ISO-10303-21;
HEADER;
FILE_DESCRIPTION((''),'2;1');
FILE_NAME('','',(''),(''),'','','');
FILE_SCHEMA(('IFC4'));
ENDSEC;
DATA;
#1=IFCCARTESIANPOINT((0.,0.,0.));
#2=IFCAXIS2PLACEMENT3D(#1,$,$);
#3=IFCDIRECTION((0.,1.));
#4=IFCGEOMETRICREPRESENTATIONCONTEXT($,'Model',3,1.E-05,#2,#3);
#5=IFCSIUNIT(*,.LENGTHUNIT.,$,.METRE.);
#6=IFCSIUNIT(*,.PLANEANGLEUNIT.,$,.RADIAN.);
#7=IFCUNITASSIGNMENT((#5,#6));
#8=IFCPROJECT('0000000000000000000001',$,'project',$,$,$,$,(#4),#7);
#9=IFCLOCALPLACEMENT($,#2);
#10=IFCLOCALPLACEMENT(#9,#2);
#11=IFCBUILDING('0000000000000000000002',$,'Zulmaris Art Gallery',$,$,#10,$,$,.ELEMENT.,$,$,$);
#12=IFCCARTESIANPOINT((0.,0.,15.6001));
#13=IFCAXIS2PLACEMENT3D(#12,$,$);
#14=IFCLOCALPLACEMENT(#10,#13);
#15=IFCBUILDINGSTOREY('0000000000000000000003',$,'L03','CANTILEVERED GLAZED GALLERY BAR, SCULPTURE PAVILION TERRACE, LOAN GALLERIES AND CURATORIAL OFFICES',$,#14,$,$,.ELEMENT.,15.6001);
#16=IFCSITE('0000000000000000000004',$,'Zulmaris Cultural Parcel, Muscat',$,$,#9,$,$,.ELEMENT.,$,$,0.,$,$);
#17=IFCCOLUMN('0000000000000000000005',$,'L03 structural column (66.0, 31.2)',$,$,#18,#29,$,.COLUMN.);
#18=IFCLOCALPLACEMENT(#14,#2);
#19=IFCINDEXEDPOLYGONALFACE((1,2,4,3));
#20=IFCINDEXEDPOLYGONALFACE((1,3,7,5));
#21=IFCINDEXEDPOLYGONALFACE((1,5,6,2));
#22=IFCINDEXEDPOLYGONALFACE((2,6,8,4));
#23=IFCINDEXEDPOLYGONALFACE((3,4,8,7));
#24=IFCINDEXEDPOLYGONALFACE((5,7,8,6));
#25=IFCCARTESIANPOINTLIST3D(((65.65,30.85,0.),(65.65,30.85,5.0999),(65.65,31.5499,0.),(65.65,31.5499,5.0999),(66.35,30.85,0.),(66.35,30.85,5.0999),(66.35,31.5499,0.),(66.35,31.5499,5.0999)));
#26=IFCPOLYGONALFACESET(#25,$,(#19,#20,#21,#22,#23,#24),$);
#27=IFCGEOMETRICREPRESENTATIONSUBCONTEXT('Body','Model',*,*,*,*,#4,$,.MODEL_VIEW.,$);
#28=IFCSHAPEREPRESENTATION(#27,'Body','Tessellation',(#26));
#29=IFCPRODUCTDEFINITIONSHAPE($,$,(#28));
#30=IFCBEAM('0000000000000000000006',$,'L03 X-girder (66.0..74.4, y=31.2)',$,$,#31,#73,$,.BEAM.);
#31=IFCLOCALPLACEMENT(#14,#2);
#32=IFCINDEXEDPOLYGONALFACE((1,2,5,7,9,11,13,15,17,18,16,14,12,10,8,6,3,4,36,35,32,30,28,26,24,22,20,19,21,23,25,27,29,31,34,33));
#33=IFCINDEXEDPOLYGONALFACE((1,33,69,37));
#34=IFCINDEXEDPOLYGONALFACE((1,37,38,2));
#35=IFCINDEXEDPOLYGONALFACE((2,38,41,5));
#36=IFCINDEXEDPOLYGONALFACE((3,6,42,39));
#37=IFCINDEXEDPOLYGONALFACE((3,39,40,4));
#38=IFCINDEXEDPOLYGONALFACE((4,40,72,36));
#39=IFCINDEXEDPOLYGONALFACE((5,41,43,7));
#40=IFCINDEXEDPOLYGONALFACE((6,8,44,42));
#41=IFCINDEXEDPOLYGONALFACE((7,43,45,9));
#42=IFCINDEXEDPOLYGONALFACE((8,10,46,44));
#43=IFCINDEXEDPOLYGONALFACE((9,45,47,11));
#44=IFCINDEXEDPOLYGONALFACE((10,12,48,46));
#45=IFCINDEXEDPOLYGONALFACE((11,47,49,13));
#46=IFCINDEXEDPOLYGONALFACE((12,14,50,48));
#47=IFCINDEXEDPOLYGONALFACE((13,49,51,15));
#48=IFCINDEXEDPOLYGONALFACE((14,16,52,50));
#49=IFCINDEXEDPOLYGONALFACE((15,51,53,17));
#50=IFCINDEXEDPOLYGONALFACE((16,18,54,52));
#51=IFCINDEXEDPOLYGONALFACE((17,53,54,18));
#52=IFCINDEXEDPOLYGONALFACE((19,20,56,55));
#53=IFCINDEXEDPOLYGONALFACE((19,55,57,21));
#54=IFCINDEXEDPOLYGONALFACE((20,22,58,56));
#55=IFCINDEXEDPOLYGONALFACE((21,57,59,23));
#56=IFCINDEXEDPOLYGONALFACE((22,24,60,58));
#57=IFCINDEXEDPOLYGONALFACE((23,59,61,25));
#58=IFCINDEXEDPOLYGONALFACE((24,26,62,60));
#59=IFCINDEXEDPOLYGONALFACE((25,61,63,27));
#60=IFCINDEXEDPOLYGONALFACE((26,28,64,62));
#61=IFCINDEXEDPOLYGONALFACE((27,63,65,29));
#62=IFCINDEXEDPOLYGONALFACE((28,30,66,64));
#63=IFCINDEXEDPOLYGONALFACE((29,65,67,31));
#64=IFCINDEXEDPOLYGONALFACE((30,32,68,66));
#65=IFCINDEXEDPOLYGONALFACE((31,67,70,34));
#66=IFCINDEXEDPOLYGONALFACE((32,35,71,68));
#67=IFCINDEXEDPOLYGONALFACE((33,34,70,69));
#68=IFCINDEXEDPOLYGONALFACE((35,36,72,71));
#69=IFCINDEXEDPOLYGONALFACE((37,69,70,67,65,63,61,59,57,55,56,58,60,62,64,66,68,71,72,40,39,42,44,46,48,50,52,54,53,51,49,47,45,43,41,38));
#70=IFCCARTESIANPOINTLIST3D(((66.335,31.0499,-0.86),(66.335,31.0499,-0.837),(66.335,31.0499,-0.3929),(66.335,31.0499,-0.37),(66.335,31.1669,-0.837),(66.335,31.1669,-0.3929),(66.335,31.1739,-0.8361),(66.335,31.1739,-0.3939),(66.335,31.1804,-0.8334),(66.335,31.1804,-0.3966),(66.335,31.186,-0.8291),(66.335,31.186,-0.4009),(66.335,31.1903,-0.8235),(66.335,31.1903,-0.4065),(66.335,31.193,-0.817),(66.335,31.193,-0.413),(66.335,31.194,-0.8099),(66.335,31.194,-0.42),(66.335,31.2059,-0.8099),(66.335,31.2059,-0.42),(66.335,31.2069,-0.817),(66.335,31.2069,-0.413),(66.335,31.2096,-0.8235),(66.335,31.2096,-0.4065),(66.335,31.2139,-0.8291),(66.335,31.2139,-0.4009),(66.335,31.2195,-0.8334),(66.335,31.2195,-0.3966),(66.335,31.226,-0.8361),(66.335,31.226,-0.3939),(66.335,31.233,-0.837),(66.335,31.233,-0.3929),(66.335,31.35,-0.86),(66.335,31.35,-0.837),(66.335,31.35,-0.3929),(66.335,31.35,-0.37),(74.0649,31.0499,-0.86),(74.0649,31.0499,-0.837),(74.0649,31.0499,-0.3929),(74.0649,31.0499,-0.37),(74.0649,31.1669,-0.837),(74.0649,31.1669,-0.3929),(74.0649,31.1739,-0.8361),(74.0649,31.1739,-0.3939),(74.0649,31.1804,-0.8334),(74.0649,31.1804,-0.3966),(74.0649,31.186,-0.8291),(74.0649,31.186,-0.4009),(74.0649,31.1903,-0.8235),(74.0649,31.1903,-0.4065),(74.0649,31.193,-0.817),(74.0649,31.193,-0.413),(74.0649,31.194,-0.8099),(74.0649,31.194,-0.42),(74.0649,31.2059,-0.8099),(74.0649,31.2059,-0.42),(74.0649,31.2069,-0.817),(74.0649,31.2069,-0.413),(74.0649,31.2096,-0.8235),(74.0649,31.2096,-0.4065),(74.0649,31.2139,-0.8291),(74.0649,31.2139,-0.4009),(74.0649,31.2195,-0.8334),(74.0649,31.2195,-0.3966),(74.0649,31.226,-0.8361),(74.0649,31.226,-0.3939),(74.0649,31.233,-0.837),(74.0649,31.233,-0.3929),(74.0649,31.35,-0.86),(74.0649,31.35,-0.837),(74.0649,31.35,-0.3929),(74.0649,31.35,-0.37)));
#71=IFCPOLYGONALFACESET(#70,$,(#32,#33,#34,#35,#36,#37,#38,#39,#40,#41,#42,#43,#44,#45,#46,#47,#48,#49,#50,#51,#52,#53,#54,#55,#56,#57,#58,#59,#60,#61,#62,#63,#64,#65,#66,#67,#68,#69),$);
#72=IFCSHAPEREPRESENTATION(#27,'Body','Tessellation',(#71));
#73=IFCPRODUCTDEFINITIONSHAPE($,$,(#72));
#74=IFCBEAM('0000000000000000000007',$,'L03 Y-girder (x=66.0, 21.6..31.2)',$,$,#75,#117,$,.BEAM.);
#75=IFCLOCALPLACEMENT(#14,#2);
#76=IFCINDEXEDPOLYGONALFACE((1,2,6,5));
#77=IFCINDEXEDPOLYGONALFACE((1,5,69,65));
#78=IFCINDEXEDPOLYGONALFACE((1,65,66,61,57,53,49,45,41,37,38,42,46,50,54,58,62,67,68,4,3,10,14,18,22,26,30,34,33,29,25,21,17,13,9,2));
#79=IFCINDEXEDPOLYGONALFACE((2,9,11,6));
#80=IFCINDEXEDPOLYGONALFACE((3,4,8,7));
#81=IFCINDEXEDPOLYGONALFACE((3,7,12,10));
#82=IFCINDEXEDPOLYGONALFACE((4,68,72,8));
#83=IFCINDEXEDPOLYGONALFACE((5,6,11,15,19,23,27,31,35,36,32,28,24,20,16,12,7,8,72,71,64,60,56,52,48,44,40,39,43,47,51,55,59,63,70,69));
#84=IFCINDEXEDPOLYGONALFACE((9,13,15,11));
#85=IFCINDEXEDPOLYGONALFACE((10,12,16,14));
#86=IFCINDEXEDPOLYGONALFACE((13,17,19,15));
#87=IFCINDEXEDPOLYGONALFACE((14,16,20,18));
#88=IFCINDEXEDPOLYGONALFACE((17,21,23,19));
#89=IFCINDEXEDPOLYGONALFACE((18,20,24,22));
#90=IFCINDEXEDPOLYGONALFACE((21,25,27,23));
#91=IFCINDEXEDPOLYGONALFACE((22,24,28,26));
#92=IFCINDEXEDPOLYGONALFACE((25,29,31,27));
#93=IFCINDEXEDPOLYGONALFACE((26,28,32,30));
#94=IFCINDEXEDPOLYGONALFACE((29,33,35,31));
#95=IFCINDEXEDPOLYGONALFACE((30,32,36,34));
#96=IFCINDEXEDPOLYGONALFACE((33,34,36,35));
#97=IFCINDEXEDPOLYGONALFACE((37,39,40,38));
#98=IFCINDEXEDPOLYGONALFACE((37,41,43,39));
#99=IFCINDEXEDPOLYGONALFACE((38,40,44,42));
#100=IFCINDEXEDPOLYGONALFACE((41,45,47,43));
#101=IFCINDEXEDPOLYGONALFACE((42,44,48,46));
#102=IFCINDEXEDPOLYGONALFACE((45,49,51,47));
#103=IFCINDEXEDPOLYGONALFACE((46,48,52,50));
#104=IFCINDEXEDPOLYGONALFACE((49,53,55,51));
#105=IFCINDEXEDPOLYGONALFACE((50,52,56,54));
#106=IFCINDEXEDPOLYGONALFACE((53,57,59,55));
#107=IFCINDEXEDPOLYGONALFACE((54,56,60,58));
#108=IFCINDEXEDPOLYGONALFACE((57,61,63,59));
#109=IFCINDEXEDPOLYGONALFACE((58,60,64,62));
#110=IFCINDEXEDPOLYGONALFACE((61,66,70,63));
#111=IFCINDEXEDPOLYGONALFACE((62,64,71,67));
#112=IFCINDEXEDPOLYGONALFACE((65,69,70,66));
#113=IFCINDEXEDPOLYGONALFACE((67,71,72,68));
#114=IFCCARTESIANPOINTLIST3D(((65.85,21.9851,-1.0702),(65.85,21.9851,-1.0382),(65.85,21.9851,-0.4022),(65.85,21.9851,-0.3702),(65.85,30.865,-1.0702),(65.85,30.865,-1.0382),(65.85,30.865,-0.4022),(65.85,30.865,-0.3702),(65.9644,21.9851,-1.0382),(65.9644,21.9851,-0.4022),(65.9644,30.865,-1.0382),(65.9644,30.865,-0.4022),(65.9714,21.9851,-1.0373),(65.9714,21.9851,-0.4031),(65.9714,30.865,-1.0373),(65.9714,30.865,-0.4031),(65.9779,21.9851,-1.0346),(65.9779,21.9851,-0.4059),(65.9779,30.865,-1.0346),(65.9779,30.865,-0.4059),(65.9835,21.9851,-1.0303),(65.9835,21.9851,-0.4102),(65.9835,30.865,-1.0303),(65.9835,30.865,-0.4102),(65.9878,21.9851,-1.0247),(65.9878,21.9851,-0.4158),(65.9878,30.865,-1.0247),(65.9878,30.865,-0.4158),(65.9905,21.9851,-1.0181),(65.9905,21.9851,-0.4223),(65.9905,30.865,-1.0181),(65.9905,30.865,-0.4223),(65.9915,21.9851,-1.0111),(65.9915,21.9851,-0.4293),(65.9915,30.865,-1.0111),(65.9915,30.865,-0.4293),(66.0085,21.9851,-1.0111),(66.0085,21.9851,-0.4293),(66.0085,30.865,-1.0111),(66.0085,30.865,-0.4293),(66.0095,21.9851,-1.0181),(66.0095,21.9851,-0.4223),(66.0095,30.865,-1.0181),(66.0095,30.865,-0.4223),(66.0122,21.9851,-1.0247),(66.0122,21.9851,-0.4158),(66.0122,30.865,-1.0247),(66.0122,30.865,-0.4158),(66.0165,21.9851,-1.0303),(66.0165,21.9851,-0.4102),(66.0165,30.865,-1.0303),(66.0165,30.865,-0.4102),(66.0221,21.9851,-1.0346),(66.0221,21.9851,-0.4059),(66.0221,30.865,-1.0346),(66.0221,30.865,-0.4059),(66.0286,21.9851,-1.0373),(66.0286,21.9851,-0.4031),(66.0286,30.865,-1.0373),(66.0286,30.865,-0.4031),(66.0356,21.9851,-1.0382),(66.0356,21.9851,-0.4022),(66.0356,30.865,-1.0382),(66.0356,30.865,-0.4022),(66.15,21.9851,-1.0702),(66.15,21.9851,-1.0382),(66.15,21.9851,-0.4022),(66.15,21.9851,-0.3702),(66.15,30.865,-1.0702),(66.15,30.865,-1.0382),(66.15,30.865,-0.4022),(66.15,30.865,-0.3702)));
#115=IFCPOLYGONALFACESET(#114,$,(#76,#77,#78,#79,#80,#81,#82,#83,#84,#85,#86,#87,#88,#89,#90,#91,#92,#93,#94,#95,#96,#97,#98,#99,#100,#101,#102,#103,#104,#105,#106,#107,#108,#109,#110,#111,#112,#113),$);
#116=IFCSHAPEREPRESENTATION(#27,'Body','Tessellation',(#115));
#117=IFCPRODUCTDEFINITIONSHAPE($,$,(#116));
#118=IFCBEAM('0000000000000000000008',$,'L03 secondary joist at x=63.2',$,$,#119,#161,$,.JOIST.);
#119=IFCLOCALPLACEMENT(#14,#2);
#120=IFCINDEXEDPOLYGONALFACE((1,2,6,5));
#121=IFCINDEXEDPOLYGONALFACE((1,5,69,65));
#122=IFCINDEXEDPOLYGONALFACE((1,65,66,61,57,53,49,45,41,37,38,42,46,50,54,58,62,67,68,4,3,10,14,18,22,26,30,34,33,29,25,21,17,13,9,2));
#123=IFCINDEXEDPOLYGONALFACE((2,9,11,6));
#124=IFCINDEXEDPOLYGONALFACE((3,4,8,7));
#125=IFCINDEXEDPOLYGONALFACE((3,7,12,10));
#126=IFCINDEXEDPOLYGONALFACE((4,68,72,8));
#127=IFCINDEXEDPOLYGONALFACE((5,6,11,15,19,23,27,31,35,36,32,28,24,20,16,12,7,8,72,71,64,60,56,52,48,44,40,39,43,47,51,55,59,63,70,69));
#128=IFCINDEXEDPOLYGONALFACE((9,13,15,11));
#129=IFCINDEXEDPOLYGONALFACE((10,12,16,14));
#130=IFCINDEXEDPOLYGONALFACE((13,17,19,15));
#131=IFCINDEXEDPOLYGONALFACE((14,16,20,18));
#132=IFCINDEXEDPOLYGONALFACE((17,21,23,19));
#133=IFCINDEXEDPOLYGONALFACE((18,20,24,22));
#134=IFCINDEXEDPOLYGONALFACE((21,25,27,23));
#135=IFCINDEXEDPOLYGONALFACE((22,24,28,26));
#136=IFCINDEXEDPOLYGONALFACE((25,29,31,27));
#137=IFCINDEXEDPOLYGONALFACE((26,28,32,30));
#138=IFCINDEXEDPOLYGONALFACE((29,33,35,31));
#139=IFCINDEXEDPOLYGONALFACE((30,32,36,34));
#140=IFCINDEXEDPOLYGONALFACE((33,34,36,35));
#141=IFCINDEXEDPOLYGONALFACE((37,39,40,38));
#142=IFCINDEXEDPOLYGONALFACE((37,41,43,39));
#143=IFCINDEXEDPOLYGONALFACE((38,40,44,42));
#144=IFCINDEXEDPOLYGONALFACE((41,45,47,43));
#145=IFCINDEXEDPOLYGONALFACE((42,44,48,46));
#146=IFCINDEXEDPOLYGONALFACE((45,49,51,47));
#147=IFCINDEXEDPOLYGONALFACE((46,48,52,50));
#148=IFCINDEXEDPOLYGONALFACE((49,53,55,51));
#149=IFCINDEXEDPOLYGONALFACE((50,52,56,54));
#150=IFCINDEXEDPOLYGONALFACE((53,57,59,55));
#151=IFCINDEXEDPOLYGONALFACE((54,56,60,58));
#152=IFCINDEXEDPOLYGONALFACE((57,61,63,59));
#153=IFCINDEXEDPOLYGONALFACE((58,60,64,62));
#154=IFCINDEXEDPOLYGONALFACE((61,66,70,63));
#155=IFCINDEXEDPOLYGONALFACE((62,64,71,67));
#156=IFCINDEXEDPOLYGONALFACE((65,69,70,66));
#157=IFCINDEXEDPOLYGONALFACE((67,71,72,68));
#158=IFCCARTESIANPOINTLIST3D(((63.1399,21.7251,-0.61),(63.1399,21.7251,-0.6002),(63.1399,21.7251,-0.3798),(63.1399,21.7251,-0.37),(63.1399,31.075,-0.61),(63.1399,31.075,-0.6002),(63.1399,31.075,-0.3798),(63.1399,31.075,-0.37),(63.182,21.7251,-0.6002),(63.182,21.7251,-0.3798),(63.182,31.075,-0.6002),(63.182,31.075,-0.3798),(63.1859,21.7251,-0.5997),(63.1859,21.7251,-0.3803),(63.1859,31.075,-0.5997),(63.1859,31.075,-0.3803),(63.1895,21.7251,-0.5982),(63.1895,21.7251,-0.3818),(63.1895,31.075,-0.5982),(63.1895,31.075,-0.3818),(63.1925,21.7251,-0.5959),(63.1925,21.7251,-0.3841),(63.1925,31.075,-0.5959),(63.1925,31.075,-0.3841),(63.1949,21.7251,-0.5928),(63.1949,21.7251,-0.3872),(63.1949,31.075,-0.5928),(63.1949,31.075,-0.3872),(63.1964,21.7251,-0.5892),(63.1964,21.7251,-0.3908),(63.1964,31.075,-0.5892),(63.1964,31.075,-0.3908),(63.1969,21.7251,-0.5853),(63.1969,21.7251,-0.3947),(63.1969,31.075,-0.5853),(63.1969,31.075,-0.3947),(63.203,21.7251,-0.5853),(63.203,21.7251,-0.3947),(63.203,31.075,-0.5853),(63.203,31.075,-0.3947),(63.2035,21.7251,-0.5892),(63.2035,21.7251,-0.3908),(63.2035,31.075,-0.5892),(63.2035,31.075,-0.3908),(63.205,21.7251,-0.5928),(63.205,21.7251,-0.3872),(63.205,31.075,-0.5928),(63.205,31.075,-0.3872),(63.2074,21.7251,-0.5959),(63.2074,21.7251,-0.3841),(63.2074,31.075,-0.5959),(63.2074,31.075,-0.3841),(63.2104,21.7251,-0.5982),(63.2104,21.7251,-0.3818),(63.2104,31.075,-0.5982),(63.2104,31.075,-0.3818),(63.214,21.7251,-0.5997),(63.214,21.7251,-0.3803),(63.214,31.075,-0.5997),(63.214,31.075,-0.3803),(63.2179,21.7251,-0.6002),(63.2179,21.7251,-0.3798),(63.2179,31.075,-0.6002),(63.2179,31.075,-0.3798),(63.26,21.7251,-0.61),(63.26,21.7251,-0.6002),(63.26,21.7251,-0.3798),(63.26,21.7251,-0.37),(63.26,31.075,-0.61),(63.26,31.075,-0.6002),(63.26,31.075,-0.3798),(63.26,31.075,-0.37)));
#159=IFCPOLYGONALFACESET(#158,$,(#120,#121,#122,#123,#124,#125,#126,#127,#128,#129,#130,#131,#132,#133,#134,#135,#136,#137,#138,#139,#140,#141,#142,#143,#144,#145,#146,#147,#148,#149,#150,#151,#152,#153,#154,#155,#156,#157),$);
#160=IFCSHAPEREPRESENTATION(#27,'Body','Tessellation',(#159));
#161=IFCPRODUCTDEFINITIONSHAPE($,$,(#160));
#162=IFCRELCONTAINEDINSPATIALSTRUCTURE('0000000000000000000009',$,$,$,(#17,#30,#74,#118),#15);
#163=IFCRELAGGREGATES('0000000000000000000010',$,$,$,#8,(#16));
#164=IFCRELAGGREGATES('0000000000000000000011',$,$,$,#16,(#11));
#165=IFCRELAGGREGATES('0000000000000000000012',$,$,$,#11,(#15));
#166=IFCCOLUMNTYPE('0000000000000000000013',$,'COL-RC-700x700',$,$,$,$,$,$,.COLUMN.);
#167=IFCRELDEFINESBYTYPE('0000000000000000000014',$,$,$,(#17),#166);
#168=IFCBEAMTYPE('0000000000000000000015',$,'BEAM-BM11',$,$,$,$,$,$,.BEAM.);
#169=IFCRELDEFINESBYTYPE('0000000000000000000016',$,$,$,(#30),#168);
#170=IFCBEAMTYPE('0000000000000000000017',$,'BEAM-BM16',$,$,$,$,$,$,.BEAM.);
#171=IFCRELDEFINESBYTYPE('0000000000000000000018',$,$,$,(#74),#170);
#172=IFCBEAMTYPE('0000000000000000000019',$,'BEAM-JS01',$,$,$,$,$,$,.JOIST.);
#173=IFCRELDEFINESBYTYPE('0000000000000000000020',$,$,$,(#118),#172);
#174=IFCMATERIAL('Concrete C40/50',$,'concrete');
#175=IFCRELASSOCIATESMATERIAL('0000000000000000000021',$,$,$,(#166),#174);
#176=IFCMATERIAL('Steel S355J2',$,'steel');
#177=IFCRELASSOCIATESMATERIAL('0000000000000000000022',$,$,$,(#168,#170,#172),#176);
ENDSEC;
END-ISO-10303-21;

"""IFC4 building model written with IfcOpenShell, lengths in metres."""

from ifc_helpers import new_model, si_unit, direction, frame, origin, origin_2d, place, context, subcontext, project, spatial, rectangle, i_section, extrude, material, material_profile, profile_set, type_object, element, save


model = new_model("IFC4")

# Units and contexts
model_context = context("Model", 3, precision=1e-05, world=origin(), true_north=direction((0.0, 1.0)))
body_context = subcontext(model_context, "Body", "Model", "MODEL_VIEW")
ifc_project = project(units=[si_unit("LENGTHUNIT", "METRE"), si_unit("PLANEANGLEUNIT", "RADIAN")], contexts=[model_context])

# Site, building, storey
site_placement = place(None, origin())
site = spatial("IfcSite", under=ifc_project, at=site_placement, Name="Zulmaris Cultural Parcel, Muscat", CompositionType="ELEMENT", RefElevation=0.0)
building_placement = place(site_placement, origin())
building = spatial("IfcBuilding", under=site, at=building_placement, Name="Zulmaris Art Gallery", CompositionType="ELEMENT")
storey_placement = place(building_placement, frame((0.0, 0.0, 15.6001)))
storey = spatial("IfcBuildingStorey", under=building, at=storey_placement, Name="L03", Description="CANTILEVERED GLAZED GALLERY BAR, SCULPTURE PAVILION TERRACE, LOAN GALLERIES AND CURATORIAL OFFICES", CompositionType="ELEMENT", Elevation=15.6001)

# Column
ifc_material_1 = material(Name="Concrete C40/50", Category="concrete")
ifc_material_profile_1 = material_profile(ifc_material_1, rectangle(XDim=0.7, YDim=0.7, at=origin_2d()), Name="RC 700x700")
ifc_profile_set_1 = profile_set([ifc_material_profile_1], Name="Concrete C40/50")
column_type = type_object("IfcColumnType", Name="COL-RC-700x700", PredefinedType="COLUMN", material=ifc_profile_set_1)
column_placement = place(storey_placement, frame((66.0, 31.2, 0.0), z_axis=(0.0, 0.0, 1.0), x_axis=(1.0, 0.0, 0.0)))
element("IfcColumn", 1, at=column_placement, inside=storey, type_object=column_type, Name="L03 structural column (66.0, 31.2)", PredefinedType="COLUMN", context=body_context, shape_type="SweptSolid", body=[
    extrude(rectangle(XDim=0.7, YDim=0.7, at=origin_2d()), origin(), (0.0, 0.0, 1.0), 5.0999),
])

# Beams
ifc_material_2 = material(Name="Steel S355J2", Category="steel")
ifc_material_profile_2 = material_profile(ifc_material_2, i_section(OverallWidth=0.3, OverallDepth=0.49, WebThickness=0.012, FlangeThickness=0.0229, FilletRadius=0.0271, at=origin_2d()), Name="HEA 500")
ifc_profile_set_2 = profile_set([ifc_material_profile_2], Name="Steel S355J2")
beam_type_1 = type_object("IfcBeamType", Name="BEAM-BM11", PredefinedType="BEAM", material=ifc_profile_set_2)
beam_1_placement = place(storey_placement, frame((66.335, 31.2, -0.615), z_axis=(1.0, 0.0, 0.0), x_axis=(0.0, 1.0, 0.0)))
element("IfcBeam", 2, at=beam_1_placement, inside=storey, type_object=beam_type_1, Name="L03 X-girder (66.0..74.4, y=31.2)", PredefinedType="BEAM", context=body_context, shape_type="SweptSolid", body=[
    extrude(i_section(OverallWidth=0.3, OverallDepth=0.49, WebThickness=0.012, FlangeThickness=0.0229, FilletRadius=0.0271, at=origin_2d()), origin(), (0.0, 0.0, 1.0), 7.73),
])
ifc_material_profile_3 = material_profile(ifc_material_2, i_section(OverallWidth=0.3, OverallDepth=0.7, WebThickness=0.0171, FlangeThickness=0.032, FilletRadius=0.0271, at=origin_2d()), Name="HEB 700")
ifc_profile_set_3 = profile_set([ifc_material_profile_3], Name="Steel S355J2")
beam_type_2 = type_object("IfcBeamType", Name="BEAM-BM16", PredefinedType="BEAM", material=ifc_profile_set_3)
beam_2_placement = place(storey_placement, frame((66.0, 21.9851, -0.7202), z_axis=(0.0, 1.0, 0.0), x_axis=(-1.0, 0.0, 0.0)))
element("IfcBeam", 3, at=beam_2_placement, inside=storey, type_object=beam_type_2, Name="L03 Y-girder (x=66.0, 21.6..31.2)", PredefinedType="BEAM", context=body_context, shape_type="SweptSolid", body=[
    extrude(i_section(OverallWidth=0.3, OverallDepth=0.7, WebThickness=0.0171, FlangeThickness=0.032, FilletRadius=0.0271, at=origin_2d()), origin(), (0.0, 0.0, 1.0), 8.8799),
])
ifc_material_profile_4 = material_profile(ifc_material_2, i_section(OverallWidth=0.1201, OverallDepth=0.24, WebThickness=0.0061, FlangeThickness=0.0098, FilletRadius=0.0149, at=origin_2d()), Name="IPE 240")
ifc_profile_set_4 = profile_set([ifc_material_profile_4], Name="Steel S355J2")
beam_type_3 = type_object("IfcBeamType", Name="BEAM-JS01", PredefinedType="JOIST", material=ifc_profile_set_4)
beam_3_placement = place(storey_placement, frame((63.2, 21.7251, -0.49), z_axis=(0.0, 1.0, 0.0), x_axis=(-1.0, 0.0, 0.0)))
element("IfcBeam", 4, at=beam_3_placement, inside=storey, type_object=beam_type_3, Name="L03 secondary joist at x=63.2", PredefinedType="JOIST", context=body_context, shape_type="SweptSolid", body=[
    extrude(i_section(OverallWidth=0.1201, OverallDepth=0.24, WebThickness=0.0061, FlangeThickness=0.0098, FilletRadius=0.0149, at=origin_2d()), origin(), (0.0, 0.0, 1.0), 9.3499),
])

save(model, "model.ifc")
